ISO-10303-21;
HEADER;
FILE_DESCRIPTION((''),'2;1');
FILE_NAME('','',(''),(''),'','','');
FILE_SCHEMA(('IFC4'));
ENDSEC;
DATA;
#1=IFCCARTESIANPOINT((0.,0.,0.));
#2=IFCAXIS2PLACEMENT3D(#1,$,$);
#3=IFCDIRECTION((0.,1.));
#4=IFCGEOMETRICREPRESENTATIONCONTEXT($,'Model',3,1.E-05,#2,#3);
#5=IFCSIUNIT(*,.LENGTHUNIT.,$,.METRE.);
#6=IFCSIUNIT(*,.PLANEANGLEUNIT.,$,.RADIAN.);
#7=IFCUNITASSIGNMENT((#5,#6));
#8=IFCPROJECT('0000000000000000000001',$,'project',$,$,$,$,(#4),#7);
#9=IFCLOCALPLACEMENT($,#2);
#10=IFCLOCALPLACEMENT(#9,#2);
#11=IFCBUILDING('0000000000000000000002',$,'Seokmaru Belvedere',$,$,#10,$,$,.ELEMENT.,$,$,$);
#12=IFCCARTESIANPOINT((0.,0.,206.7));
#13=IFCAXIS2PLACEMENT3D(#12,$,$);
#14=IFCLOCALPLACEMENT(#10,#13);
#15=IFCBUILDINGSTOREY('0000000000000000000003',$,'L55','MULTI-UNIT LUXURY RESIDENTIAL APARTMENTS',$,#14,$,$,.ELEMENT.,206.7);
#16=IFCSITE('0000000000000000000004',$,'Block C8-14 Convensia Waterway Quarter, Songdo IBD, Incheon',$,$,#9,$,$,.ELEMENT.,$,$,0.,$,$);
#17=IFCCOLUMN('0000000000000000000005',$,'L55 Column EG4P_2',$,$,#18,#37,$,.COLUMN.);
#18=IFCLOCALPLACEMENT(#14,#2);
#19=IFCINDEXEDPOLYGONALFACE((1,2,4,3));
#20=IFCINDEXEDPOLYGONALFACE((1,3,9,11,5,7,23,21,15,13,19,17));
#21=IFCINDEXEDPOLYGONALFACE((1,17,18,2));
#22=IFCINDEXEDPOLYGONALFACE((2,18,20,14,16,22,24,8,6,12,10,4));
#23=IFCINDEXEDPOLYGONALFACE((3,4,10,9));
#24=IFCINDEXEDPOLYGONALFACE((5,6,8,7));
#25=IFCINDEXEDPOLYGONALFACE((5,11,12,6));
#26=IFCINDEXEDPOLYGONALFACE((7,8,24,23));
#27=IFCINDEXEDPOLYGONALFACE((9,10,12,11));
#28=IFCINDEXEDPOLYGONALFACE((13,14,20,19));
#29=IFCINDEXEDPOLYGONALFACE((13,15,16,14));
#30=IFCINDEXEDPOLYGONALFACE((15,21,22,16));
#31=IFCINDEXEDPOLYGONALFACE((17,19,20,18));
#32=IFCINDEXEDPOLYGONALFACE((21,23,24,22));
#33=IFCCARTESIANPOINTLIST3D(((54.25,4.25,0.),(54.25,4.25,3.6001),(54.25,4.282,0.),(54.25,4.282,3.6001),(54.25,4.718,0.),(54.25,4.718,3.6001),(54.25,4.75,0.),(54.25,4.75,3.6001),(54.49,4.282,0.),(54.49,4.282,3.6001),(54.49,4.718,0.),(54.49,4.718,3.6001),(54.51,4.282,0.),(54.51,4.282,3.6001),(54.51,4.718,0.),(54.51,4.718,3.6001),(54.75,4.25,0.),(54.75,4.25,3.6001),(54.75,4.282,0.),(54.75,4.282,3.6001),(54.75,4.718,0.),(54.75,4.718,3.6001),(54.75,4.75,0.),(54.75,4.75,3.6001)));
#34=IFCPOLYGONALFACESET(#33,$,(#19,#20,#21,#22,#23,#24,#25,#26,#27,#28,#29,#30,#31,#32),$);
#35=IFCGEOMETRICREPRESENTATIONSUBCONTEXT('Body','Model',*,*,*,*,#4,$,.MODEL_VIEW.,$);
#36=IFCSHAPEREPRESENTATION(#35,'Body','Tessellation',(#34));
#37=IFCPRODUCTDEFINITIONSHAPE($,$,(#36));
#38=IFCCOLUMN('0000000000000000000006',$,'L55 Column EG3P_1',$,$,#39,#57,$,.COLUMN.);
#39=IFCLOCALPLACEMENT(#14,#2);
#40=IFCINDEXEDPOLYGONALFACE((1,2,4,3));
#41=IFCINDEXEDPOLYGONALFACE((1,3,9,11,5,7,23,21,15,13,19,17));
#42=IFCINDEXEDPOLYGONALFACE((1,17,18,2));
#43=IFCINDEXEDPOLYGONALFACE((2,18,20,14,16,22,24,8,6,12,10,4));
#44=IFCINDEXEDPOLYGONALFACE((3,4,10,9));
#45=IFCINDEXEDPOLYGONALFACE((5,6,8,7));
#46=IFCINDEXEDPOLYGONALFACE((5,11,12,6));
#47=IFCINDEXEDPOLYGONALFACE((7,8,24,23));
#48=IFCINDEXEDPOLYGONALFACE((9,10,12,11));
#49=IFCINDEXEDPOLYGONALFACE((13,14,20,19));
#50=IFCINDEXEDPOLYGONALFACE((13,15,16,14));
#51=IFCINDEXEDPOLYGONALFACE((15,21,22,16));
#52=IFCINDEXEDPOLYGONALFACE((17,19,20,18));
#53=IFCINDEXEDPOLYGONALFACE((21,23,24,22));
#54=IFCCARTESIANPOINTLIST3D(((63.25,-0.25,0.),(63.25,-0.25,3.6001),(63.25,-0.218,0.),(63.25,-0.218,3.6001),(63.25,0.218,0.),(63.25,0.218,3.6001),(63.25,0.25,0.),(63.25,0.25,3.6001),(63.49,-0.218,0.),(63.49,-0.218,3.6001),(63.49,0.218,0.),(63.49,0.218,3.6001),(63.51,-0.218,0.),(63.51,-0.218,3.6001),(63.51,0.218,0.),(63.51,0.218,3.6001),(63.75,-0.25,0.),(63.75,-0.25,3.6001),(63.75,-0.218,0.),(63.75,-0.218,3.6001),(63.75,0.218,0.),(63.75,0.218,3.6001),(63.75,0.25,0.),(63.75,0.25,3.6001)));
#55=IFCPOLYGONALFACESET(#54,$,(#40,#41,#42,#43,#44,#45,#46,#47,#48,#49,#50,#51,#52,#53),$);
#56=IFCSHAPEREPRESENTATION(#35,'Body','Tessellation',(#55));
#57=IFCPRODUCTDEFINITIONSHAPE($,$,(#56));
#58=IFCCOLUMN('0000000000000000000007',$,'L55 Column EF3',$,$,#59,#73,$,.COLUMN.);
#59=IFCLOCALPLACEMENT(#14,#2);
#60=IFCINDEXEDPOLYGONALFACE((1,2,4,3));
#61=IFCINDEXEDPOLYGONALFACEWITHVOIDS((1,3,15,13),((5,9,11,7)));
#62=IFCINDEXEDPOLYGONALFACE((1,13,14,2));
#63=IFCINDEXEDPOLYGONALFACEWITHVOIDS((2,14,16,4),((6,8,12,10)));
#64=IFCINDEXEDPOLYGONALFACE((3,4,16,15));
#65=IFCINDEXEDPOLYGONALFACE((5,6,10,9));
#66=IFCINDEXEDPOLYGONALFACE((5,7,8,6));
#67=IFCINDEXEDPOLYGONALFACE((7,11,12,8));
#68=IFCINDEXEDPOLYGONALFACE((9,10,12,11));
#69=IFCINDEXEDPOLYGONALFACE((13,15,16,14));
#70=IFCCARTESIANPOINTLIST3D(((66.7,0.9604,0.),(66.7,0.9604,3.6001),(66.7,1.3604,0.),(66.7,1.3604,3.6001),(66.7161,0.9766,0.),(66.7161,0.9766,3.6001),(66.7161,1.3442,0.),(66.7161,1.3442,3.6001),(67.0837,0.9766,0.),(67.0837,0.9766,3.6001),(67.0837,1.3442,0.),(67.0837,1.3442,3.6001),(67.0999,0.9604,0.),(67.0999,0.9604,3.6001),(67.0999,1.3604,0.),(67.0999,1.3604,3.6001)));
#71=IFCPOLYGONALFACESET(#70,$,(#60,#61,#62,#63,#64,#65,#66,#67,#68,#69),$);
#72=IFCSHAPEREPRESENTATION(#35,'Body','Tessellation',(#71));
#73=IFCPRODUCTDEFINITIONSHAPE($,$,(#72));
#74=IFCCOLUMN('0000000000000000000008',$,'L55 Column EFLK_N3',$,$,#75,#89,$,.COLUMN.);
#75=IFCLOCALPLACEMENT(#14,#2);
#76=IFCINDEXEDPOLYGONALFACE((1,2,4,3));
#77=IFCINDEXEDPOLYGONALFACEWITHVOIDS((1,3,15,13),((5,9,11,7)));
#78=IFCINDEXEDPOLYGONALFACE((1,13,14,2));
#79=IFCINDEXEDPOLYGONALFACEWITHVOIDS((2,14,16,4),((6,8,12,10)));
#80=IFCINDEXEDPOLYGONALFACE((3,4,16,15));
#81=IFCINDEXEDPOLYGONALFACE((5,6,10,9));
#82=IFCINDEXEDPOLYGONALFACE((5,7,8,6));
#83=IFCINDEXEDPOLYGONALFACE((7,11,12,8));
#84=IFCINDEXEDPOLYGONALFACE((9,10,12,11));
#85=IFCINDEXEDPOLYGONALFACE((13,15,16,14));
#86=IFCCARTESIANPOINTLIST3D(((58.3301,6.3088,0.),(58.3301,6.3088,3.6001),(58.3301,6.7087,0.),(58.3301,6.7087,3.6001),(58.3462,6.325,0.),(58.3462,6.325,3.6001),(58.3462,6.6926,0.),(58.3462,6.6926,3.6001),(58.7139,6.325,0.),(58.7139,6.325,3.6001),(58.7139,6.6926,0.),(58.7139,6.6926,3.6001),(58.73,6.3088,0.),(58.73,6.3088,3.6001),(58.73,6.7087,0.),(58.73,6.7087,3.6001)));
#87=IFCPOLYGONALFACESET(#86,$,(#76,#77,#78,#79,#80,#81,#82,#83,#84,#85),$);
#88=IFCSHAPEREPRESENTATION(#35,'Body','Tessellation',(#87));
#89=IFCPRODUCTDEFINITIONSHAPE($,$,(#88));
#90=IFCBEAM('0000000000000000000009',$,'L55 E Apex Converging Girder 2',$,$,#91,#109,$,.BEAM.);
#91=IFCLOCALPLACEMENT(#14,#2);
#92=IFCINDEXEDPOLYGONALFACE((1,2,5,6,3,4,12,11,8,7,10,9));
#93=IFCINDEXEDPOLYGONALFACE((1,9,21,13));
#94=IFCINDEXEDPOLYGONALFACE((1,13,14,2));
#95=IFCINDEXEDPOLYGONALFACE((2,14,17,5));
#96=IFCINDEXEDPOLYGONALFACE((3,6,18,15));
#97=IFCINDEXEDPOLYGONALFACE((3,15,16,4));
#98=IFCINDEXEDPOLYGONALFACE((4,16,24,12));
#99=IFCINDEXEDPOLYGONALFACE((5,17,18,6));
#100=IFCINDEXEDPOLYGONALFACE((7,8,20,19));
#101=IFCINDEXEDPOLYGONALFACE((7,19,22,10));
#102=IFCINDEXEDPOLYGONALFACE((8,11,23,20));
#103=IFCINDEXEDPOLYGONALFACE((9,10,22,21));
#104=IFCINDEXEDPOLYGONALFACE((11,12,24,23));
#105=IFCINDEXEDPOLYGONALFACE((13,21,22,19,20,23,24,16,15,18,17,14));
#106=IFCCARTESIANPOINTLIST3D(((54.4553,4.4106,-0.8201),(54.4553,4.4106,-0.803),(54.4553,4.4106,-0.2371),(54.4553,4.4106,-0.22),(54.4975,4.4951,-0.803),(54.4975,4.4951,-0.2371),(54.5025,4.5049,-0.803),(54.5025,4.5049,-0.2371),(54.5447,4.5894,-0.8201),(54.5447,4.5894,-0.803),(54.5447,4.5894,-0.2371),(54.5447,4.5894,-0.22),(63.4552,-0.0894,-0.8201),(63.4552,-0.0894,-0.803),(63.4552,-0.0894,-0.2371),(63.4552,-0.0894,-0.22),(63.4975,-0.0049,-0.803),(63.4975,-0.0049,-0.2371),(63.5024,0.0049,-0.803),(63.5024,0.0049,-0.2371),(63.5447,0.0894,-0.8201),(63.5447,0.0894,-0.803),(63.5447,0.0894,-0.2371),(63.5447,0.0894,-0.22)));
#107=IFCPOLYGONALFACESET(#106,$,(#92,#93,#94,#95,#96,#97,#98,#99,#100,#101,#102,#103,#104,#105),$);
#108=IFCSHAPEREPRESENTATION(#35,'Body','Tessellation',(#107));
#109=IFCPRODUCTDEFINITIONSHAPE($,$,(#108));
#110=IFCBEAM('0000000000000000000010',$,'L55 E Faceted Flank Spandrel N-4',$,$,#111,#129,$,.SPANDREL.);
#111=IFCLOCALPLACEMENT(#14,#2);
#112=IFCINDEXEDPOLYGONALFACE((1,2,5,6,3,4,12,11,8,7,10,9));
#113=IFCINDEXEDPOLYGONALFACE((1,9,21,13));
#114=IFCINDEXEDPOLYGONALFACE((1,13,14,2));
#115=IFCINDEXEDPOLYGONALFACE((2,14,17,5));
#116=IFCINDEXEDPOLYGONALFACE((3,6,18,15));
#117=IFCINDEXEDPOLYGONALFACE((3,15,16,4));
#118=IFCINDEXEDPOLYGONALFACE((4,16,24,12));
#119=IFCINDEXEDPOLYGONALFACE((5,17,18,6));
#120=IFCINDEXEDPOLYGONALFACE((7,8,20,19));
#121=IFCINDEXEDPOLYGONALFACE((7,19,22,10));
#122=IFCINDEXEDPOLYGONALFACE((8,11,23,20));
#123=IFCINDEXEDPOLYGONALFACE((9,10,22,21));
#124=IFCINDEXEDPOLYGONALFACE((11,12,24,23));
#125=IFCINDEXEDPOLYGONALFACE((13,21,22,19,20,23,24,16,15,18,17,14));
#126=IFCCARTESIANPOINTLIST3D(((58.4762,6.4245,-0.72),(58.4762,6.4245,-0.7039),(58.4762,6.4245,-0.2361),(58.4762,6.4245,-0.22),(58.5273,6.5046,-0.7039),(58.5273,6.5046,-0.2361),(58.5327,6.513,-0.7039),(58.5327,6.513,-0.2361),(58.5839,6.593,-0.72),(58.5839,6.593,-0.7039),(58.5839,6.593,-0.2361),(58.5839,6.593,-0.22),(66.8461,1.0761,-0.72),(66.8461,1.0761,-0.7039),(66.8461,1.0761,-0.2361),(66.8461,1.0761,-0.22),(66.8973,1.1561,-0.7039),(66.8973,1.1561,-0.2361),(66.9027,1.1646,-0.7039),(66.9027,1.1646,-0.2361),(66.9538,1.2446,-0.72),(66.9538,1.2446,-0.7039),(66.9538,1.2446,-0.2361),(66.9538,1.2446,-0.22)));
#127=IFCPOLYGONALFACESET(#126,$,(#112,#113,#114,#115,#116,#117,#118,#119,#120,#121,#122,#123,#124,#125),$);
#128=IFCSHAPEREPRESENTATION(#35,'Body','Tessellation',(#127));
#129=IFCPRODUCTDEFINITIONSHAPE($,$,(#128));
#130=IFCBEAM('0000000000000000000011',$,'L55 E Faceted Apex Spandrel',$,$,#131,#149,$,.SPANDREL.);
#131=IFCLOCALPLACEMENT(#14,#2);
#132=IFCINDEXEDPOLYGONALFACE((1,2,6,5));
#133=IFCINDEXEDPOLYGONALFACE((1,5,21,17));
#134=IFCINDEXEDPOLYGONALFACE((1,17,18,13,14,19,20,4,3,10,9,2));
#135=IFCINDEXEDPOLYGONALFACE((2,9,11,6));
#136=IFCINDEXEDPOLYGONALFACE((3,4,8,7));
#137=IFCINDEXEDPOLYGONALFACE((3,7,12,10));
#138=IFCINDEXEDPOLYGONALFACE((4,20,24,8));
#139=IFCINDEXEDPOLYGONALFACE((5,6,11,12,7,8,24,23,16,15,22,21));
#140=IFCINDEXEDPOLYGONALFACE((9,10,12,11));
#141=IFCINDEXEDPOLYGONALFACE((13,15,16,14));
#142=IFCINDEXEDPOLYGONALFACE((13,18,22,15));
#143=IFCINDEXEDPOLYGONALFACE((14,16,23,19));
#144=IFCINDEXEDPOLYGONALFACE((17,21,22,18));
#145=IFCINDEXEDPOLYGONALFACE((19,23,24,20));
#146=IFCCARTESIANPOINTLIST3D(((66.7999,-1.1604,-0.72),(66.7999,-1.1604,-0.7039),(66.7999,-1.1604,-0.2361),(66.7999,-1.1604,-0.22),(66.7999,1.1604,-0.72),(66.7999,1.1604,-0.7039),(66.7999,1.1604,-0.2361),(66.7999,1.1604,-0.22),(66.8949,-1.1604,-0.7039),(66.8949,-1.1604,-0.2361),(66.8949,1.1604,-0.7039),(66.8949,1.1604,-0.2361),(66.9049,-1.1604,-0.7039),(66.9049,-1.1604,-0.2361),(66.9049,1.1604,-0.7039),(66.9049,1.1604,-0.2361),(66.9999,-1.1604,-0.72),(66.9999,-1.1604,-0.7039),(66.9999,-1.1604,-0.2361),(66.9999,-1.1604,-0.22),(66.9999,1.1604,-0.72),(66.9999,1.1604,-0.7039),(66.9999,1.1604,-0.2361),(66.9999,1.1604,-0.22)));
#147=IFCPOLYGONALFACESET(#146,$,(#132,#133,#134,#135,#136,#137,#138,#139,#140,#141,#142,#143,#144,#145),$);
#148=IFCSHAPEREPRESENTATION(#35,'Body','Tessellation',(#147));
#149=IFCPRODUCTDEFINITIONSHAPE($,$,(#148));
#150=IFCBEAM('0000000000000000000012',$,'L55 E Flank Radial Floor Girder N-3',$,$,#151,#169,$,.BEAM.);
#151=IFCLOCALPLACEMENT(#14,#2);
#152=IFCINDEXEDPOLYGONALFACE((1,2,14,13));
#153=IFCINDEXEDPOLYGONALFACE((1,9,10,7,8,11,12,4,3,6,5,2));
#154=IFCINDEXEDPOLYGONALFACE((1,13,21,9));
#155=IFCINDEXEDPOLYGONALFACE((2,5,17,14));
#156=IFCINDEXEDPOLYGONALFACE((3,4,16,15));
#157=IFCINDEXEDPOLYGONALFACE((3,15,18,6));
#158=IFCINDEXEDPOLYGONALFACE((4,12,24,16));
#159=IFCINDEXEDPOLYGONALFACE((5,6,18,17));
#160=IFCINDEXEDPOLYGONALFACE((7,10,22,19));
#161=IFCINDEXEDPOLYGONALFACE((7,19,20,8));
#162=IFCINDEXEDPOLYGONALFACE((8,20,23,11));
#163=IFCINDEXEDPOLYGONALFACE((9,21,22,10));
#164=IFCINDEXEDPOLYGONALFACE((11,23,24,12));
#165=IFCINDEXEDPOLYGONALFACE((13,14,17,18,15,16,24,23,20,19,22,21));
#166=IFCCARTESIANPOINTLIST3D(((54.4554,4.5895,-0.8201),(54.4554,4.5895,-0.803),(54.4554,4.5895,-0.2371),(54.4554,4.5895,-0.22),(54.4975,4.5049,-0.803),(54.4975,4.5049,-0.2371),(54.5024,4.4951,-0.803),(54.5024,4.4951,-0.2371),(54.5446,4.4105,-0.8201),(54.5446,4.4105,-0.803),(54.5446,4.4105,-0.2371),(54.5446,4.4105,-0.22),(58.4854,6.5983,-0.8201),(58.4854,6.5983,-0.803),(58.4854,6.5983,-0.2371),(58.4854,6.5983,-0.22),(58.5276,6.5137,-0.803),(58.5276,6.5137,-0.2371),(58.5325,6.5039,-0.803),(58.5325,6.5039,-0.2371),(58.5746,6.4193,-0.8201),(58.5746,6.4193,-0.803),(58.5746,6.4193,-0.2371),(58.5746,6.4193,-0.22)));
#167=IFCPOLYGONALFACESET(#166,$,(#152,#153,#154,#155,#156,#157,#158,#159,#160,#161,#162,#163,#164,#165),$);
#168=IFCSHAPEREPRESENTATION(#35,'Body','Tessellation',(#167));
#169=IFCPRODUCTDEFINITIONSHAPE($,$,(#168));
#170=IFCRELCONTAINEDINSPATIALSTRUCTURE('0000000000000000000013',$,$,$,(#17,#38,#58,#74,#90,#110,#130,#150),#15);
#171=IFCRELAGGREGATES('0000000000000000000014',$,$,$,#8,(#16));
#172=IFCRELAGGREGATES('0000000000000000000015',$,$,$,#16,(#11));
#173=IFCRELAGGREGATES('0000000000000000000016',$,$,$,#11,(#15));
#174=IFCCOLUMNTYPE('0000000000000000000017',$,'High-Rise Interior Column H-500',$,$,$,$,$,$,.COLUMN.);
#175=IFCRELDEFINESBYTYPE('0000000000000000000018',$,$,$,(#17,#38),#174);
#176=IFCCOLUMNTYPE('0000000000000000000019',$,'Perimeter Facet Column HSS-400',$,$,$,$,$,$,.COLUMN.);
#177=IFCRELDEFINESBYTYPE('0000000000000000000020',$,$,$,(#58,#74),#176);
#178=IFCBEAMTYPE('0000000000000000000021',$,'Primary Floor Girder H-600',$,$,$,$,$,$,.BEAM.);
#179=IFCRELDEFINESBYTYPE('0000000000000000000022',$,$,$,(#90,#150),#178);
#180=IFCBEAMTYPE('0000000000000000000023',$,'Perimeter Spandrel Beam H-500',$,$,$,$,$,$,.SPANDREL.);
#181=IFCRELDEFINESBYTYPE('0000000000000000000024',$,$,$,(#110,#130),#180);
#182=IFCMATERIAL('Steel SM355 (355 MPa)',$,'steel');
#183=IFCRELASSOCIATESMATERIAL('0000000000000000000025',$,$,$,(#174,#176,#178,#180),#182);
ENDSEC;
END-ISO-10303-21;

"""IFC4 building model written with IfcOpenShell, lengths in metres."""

from ifc_helpers import new_model, si_unit, direction, frame, origin, origin_2d, place, context, subcontext, project, spatial, hollow_rectangle, i_section, extrude, source, transform, mapped, material, material_profile, profile_set, type_object, type_shapes, element, save


model = new_model("IFC4")

# Units and contexts
model_context = context("Model", 3, precision=1e-05, world=origin(), true_north=direction((0.0, 1.0)))
body_context = subcontext(model_context, "Body", "Model", "MODEL_VIEW")
ifc_project = project(units=[si_unit("LENGTHUNIT", "METRE"), si_unit("PLANEANGLEUNIT", "RADIAN")], contexts=[model_context])

# Site, building, storey
site_placement = place(None, origin())
site = spatial("IfcSite", under=ifc_project, at=site_placement, Name="Block C8-14 Convensia Waterway Quarter, Songdo IBD, Incheon", CompositionType="ELEMENT", RefElevation=0.0)
building_placement = place(site_placement, origin())
building = spatial("IfcBuilding", under=site, at=building_placement, Name="Seokmaru Belvedere", CompositionType="ELEMENT")
storey_placement = place(building_placement, frame((0.0, 0.0, 206.7)))
storey = spatial("IfcBuildingStorey", under=building, at=storey_placement, Name="L55", Description="MULTI-UNIT LUXURY RESIDENTIAL APARTMENTS", CompositionType="ELEMENT", Elevation=206.7)

# Columns
ifc_material_1 = material(Name="Steel SM355 (355 MPa)", Category="steel")
ifc_material_profile_1 = material_profile(ifc_material_1, i_section(OverallWidth=0.5, OverallDepth=0.5, WebThickness=0.02, FlangeThickness=0.032, at=origin_2d()), Name="H-500x500x20x32")
ifc_profile_set_1 = profile_set([ifc_material_profile_1], Name="Steel SM355 (355 MPa)")
column_type_1 = type_object("IfcColumnType", Name="High-Rise Interior Column H-500", PredefinedType="COLUMN", material=ifc_profile_set_1)
shared_shape_1 = source(origin(), body_context, "Body", "SweptSolid", [
    extrude(i_section(OverallWidth=0.5, OverallDepth=0.5, WebThickness=0.02, FlangeThickness=0.032, at=origin_2d()), origin(), (0.0, 0.0, 1.0), 3.6001),
])
type_shapes(column_type_1, [shared_shape_1])
for number, where, z_axis, x_axis, name in (
    (1, (54.5, 4.5, 0.0), (0.0, 0.0, 1.0), (1.0, 0.0, 0.0), "L55 Column EG4P_2"),
    (2, (63.5, 0.0, 0.0), (0.0, 0.0, 1.0), (1.0, 0.0, 0.0), "L55 Column EG3P_1"),
):
    element("IfcColumn", number, at=place(storey_placement, frame(where, z_axis=z_axis, x_axis=x_axis)), inside=storey, type_object=column_type_1, Name=name, PredefinedType="COLUMN", context=body_context, shape_type="MappedRepresentation", body=[
        mapped(shared_shape_1, transform((0.0, 0.0, 0.0), scale=1.0)),
    ])
ifc_material_profile_2 = material_profile(ifc_material_1, hollow_rectangle(XDim=0.3999, YDim=0.3999, WallThickness=0.0161, at=origin_2d()), Name="HSS-400x400x16")
ifc_profile_set_2 = profile_set([ifc_material_profile_2], Name="Steel SM355 (355 MPa)")
column_type_2 = type_object("IfcColumnType", Name="Perimeter Facet Column HSS-400", PredefinedType="COLUMN", material=ifc_profile_set_2)
shared_shape_2 = source(origin(), body_context, "Body", "SweptSolid", [
    extrude(hollow_rectangle(XDim=0.3999, YDim=0.3999, WallThickness=0.0161, at=origin_2d()), origin(), (0.0, 0.0, 1.0), 3.6001),
])
type_shapes(column_type_2, [shared_shape_2])
for number, where, z_axis, x_axis, name in (
    (3, (66.8999, 1.1604, 0.0), (0.0, 0.0, 1.0), (1.0, 0.0, 0.0), "L55 Column EF3"),
    (4, (58.53, 6.5088, 0.0), (0.0, 0.0, 1.0), (1.0, 0.0, 0.0), "L55 Column EFLK_N3"),
):
    element("IfcColumn", number, at=place(storey_placement, frame(where, z_axis=z_axis, x_axis=x_axis)), inside=storey, type_object=column_type_2, Name=name, PredefinedType="COLUMN", context=body_context, shape_type="MappedRepresentation", body=[
        mapped(shared_shape_2, transform((0.0, 0.0, 0.0), scale=1.0)),
    ])

# Beams
ifc_material_profile_3 = material_profile(ifc_material_1, i_section(OverallWidth=0.2, OverallDepth=0.6001, WebThickness=0.011, FlangeThickness=0.0171, at=origin_2d()), Name="H-600x200x11x17")
ifc_profile_set_3 = profile_set([ifc_material_profile_3], Name="Steel SM355 (355 MPa)")
beam_type_1 = type_object("IfcBeamType", Name="Primary Floor Girder H-600", PredefinedType="BEAM", material=ifc_profile_set_3)
shared_shape_3 = source(origin(), body_context, "Body", "SweptSolid", [
    extrude(i_section(OverallWidth=0.2, OverallDepth=0.6001, WebThickness=0.011, FlangeThickness=0.0171, at=origin_2d()), origin(), (0.0, 0.0, 1.0), 10.0623),
])
beam_1_placement = place(storey_placement, frame((54.5, 4.5, -0.52), z_axis=(0.894427, -0.447214, 0.0), x_axis=(0.447214, 0.894427, 0.0)))
element("IfcBeam", 5, at=beam_1_placement, inside=storey, type_object=beam_type_1, Name="L55 E Apex Converging Girder 2", PredefinedType="BEAM", context=body_context, shape_type="MappedRepresentation", body=[
    mapped(shared_shape_3, transform((0.0, 0.0, 0.0), scale=1.0)),
])
ifc_material_profile_4 = material_profile(ifc_material_1, i_section(OverallWidth=0.2, OverallDepth=0.5, WebThickness=0.01, FlangeThickness=0.0161, at=origin_2d()), Name="H-500x200x10x16")
ifc_profile_set_4 = profile_set([ifc_material_profile_4], Name="Steel SM355 (355 MPa)")
beam_type_2 = type_object("IfcBeamType", Name="Perimeter Spandrel Beam H-500", PredefinedType="SPANDREL", material=ifc_profile_set_4)
shared_shape_4 = source(origin(), body_context, "Body", "SweptSolid", [
    extrude(i_section(OverallWidth=0.2, OverallDepth=0.5, WebThickness=0.01, FlangeThickness=0.0161, at=origin_2d()), origin(), (0.0, 0.0, 1.0), 9.9329),
])
beam_2_placement = place(storey_placement, frame((58.53, 6.5088, -0.47), z_axis=(0.842652, -0.538459, 0.0), x_axis=(0.538459, 0.842652, 0.0)))
element("IfcBeam", 6, at=beam_2_placement, inside=storey, type_object=beam_type_2, Name="L55 E Faceted Flank Spandrel N-4", PredefinedType="SPANDREL", context=body_context, shape_type="MappedRepresentation", body=[
    mapped(shared_shape_4, transform((0.0, 0.0, 0.0), scale=1.0)),
])
shared_shape_5 = source(origin(), body_context, "Body", "SweptSolid", [
    extrude(i_section(OverallWidth=0.2, OverallDepth=0.5, WebThickness=0.01, FlangeThickness=0.0161, at=origin_2d()), origin(), (0.0, 0.0, 1.0), 2.3208),
])
type_shapes(beam_type_2, [shared_shape_4, shared_shape_5])
beam_3_placement = place(storey_placement, frame((66.8999, -1.1604, -0.47), z_axis=(0.0, 1.0, 0.0), x_axis=(-1.0, 0.0, 0.0)))
element("IfcBeam", 7, at=beam_3_placement, inside=storey, type_object=beam_type_2, Name="L55 E Faceted Apex Spandrel", PredefinedType="SPANDREL", context=body_context, shape_type="MappedRepresentation", body=[
    mapped(shared_shape_5, transform((0.0, 0.0, 0.0), scale=1.0)),
])
shared_shape_6 = source(origin(), body_context, "Body", "SweptSolid", [
    extrude(i_section(OverallWidth=0.2, OverallDepth=0.6001, WebThickness=0.011, FlangeThickness=0.0171, at=origin_2d()), origin(), (0.0, 0.0, 1.0), 4.5029),
])
beam_4_placement = place(storey_placement, frame((58.53, 6.5088, -0.52), z_axis=(-0.89498, -0.446107, 0.0), x_axis=(0.446107, -0.89498, 0.0)))
element("IfcBeam", 8, at=beam_4_placement, inside=storey, type_object=beam_type_1, Name="L55 E Flank Radial Floor Girder N-3", PredefinedType="BEAM", context=body_context, shape_type="MappedRepresentation", body=[
    mapped(shared_shape_6, transform((0.0, 0.0, 0.0), scale=1.0)),
])

save(model, "model.ifc")
